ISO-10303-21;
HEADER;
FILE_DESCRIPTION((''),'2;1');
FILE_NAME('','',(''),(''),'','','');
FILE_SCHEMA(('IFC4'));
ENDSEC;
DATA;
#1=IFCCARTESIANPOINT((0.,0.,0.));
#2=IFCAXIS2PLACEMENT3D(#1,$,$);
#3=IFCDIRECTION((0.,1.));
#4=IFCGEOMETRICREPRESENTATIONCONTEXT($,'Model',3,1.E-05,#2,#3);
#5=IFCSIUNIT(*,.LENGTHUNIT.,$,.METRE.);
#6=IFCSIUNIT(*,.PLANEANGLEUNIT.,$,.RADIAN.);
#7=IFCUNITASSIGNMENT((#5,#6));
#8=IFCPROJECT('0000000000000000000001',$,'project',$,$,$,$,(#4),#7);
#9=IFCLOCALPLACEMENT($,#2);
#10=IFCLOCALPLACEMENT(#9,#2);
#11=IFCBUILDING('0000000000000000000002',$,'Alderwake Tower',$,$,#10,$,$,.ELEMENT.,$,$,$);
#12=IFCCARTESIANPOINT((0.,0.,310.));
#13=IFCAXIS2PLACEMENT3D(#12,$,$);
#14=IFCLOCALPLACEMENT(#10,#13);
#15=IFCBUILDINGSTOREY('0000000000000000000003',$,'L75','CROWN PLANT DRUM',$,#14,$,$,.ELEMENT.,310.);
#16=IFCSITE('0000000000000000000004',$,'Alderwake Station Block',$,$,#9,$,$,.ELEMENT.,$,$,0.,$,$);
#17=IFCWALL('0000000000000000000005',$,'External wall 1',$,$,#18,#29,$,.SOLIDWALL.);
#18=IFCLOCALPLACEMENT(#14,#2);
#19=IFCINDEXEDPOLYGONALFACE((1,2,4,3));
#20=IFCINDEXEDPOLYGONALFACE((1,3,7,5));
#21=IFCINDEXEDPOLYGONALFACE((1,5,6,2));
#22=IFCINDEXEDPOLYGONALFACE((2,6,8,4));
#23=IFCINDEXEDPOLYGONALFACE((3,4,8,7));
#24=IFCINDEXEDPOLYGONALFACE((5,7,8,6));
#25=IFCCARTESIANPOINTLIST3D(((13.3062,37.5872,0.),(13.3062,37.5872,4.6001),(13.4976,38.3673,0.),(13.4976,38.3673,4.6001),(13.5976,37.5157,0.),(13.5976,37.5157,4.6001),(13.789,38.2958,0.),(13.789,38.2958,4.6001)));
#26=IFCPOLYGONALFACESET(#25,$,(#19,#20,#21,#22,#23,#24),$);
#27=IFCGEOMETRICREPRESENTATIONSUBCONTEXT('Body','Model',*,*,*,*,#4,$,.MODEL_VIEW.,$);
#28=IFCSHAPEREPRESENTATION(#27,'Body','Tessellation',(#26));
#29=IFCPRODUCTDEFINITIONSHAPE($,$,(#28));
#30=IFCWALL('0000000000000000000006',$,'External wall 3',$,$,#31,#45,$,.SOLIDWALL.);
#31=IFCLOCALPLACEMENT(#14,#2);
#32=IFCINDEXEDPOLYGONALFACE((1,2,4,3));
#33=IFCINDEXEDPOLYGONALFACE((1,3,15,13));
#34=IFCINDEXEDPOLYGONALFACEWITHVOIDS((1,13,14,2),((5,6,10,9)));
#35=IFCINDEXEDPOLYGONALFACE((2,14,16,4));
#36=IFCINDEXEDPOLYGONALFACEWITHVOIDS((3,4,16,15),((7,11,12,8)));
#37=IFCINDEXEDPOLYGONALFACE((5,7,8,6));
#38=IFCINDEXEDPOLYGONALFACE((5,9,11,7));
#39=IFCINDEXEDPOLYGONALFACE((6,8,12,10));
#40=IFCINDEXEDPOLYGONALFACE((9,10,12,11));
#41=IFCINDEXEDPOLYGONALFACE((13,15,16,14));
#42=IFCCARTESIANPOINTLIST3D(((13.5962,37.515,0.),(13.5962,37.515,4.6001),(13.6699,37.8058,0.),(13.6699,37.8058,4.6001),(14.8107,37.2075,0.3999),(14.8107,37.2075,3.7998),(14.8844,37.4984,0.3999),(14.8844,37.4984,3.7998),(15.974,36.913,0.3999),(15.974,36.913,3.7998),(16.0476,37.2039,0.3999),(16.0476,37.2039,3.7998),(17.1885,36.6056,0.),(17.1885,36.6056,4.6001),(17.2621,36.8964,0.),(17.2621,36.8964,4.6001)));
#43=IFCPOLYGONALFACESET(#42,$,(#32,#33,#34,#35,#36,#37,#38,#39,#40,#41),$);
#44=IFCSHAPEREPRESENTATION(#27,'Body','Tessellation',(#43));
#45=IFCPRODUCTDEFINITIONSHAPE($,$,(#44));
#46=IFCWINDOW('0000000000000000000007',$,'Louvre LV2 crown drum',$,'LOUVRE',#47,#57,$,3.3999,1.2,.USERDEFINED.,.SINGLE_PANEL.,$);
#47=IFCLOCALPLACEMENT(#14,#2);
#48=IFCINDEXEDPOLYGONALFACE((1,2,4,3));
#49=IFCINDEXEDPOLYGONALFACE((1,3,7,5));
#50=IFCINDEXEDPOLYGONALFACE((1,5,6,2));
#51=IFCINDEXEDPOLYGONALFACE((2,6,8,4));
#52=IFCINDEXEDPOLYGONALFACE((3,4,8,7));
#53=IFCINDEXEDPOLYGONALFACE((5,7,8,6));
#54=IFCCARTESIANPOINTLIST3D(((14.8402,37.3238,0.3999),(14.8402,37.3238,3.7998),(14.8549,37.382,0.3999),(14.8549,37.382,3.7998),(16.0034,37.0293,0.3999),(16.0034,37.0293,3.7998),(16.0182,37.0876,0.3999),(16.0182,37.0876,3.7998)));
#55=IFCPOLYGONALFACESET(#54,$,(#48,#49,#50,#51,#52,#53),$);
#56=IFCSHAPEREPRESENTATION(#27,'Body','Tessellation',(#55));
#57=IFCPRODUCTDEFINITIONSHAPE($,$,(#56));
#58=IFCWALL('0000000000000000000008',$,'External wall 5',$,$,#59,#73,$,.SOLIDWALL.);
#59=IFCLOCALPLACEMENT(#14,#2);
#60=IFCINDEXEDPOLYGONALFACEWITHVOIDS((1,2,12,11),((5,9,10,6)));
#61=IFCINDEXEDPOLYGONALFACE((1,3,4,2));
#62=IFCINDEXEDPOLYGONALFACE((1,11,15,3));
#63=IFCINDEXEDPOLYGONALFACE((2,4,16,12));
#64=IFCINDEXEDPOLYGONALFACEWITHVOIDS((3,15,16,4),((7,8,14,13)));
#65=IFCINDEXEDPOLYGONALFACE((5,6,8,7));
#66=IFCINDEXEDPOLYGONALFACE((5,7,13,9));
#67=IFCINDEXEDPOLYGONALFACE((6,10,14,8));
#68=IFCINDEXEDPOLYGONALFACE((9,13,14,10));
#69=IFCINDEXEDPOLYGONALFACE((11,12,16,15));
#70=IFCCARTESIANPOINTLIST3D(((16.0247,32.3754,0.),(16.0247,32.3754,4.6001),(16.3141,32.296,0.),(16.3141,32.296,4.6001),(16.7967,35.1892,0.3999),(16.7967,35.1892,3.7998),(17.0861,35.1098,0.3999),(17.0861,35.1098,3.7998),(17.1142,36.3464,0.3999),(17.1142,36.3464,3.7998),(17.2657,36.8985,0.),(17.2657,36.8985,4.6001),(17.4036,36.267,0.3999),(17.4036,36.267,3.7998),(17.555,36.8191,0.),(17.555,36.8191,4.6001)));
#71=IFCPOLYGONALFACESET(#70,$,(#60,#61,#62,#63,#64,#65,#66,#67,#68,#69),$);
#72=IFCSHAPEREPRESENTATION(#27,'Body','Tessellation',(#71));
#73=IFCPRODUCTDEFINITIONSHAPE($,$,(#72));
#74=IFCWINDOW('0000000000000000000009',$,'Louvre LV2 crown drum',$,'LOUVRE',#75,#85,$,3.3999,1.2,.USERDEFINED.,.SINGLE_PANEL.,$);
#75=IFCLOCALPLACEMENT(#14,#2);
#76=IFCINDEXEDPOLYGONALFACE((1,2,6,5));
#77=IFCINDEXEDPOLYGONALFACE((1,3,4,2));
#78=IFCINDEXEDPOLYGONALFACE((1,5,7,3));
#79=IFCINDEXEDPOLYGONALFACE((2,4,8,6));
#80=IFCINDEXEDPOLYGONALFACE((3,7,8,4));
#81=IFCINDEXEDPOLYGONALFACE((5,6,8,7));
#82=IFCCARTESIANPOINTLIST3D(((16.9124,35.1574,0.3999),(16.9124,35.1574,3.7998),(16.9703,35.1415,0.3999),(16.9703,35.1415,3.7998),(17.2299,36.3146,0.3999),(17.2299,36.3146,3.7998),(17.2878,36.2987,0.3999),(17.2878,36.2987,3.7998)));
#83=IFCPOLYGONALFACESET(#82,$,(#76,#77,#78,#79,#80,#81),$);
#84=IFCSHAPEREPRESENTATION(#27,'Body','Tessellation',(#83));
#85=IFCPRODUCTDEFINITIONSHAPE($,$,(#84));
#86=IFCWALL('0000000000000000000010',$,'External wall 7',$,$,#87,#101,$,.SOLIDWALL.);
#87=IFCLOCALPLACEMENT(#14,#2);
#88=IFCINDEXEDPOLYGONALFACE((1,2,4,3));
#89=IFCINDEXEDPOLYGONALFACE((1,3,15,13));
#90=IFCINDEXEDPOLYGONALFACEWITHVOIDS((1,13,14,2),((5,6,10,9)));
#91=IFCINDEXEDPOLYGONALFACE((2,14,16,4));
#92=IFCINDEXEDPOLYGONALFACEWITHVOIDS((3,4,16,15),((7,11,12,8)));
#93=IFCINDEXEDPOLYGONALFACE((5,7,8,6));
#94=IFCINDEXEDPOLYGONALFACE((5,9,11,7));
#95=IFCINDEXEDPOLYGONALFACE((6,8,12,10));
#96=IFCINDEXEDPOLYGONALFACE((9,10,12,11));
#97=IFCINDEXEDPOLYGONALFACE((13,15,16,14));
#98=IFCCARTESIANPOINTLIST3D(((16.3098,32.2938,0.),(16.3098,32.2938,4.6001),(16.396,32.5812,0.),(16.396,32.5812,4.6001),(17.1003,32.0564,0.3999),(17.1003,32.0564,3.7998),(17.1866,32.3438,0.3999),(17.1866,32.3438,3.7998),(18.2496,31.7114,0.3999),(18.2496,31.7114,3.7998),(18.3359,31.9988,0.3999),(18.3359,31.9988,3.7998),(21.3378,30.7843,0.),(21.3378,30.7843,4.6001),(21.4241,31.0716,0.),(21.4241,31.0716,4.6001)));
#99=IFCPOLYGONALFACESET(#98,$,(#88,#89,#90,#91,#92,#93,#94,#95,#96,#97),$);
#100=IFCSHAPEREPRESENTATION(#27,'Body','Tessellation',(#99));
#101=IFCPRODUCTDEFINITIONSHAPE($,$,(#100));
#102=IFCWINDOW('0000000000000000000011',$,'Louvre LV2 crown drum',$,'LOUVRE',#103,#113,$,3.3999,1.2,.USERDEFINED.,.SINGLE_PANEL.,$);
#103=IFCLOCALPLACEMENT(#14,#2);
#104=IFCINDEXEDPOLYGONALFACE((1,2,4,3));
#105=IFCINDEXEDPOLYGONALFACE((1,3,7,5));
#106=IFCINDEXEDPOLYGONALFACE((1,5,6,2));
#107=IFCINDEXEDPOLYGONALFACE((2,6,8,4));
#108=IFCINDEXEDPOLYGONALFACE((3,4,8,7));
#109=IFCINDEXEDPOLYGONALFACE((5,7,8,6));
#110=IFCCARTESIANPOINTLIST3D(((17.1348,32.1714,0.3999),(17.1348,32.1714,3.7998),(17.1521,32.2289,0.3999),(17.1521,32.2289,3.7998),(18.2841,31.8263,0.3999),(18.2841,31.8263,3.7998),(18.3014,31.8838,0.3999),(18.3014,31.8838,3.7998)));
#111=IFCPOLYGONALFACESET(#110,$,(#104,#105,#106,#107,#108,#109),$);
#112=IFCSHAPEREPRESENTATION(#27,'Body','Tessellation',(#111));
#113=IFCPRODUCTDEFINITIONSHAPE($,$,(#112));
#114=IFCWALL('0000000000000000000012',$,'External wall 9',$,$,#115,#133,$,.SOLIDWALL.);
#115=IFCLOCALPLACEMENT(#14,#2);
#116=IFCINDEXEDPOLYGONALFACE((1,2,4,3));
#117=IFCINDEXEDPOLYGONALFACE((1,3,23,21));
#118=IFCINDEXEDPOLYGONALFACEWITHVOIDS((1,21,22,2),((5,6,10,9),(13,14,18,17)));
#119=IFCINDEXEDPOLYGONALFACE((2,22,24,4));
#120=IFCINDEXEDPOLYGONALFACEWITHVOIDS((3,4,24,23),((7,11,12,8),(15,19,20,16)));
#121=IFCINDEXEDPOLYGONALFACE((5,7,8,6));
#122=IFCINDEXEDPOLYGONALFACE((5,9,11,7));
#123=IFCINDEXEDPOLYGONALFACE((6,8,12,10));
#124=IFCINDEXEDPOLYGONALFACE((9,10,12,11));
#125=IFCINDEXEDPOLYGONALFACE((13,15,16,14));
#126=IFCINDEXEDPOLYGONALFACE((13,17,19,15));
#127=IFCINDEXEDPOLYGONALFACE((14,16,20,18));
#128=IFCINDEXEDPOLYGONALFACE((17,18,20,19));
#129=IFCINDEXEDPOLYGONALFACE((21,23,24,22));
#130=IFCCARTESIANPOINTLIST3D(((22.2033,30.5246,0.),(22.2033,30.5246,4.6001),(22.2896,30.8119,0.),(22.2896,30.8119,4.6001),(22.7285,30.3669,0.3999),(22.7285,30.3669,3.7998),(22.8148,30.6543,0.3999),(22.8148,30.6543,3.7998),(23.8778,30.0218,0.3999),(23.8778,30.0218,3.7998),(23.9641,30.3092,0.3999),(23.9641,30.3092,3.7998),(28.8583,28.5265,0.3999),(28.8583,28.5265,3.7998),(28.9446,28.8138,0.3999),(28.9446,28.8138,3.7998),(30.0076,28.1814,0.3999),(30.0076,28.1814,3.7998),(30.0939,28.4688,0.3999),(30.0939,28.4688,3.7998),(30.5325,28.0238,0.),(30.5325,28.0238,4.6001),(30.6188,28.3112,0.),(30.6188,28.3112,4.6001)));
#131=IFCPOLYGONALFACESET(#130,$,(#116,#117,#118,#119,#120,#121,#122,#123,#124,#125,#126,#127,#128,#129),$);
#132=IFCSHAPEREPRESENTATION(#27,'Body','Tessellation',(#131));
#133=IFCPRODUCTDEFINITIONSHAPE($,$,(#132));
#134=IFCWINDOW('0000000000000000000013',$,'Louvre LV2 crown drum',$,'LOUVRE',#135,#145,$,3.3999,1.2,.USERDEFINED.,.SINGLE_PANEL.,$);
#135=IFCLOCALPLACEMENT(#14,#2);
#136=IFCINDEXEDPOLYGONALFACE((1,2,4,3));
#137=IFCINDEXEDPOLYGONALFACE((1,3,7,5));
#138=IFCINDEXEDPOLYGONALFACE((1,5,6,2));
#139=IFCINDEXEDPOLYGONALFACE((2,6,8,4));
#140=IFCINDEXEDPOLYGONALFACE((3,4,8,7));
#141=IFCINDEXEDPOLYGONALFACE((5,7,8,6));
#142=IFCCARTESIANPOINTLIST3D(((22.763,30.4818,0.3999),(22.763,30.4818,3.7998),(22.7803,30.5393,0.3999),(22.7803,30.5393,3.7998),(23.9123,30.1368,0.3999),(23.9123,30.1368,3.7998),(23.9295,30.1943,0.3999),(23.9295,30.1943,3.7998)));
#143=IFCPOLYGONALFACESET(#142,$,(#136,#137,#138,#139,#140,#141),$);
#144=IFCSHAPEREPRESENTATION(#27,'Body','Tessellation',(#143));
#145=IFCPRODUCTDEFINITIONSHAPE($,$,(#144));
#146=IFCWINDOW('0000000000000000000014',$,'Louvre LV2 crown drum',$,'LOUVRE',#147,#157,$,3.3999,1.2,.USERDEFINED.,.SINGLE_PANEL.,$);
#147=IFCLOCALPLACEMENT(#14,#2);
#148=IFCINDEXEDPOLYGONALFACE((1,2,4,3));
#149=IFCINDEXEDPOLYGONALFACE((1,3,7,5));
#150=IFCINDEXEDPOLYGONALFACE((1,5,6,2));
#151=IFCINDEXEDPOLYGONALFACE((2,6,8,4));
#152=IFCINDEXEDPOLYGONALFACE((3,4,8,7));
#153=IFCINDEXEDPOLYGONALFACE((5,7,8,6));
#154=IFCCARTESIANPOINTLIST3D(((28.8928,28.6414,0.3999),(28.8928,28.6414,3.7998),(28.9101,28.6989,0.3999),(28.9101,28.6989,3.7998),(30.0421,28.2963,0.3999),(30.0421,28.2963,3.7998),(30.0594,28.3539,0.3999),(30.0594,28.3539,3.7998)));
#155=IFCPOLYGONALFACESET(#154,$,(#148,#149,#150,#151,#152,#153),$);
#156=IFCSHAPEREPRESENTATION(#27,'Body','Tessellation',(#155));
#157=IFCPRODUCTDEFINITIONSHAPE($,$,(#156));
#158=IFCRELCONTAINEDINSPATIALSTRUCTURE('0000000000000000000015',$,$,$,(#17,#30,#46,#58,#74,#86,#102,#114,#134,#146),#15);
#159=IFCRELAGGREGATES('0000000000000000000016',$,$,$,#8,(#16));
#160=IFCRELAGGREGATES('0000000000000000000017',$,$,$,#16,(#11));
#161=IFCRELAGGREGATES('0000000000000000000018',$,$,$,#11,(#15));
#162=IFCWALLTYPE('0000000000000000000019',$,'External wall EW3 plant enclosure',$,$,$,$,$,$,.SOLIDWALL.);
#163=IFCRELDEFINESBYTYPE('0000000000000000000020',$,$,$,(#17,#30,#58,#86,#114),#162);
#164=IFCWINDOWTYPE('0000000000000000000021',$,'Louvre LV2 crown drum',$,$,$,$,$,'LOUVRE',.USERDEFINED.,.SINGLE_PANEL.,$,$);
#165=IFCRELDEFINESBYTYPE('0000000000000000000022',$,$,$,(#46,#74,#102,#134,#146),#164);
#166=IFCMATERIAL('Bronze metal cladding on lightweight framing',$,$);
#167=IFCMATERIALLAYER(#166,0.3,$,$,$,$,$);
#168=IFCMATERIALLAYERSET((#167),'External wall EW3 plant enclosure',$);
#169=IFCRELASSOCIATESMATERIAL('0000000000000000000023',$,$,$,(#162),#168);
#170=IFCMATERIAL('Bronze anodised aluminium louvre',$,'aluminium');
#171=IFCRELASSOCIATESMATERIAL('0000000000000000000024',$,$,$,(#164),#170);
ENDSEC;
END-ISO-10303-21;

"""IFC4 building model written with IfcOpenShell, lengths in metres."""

from ifc_helpers import new_model, si_unit, direction, frame, frame_2d, origin, place, context, subcontext, project, spatial, rectangle, extrude, material, layer, layer_set, type_object, element, fill, save


model = new_model("IFC4")

# Units and contexts
model_context = context("Model", 3, precision=1e-05, world=origin(), true_north=direction((0.0, 1.0)))
body_context = subcontext(model_context, "Body", "Model", "MODEL_VIEW")
ifc_project = project(units=[si_unit("LENGTHUNIT", "METRE"), si_unit("PLANEANGLEUNIT", "RADIAN")], contexts=[model_context])

# Site, building, storey
site_placement = place(None, origin())
site = spatial("IfcSite", under=ifc_project, at=site_placement, Name="Alderwake Station Block", CompositionType="ELEMENT", RefElevation=0.0)
building_placement = place(site_placement, origin())
building = spatial("IfcBuilding", under=site, at=building_placement, Name="Alderwake Tower", CompositionType="ELEMENT")
storey_placement = place(building_placement, frame((0.0, 0.0, 310.0)))
storey = spatial("IfcBuildingStorey", under=building, at=storey_placement, Name="L75", Description="CROWN PLANT DRUM", CompositionType="ELEMENT", Elevation=310.0)

# Wall
ifc_material_1 = material(Name="Bronze metal cladding on lightweight framing")
ifc_layer_1 = layer(ifc_material_1, 0.3)
ifc_layer_set_1 = layer_set([ifc_layer_1], Name="External wall EW3 plant enclosure")
wall_type_1 = type_object("IfcWallType", Name="External wall EW3 plant enclosure", PredefinedType="SOLIDWALL", material=ifc_layer_set_1)
wall_1_placement = place(storey_placement, frame((13.6433, 38.3315, 0.0), z_axis=(0.0, 0.0, 1.0), x_axis=(-0.238313, -0.971188, 0.0)))
element("IfcWall", 1, at=wall_1_placement, inside=storey, type_object=wall_type_1, Name="External wall 1", PredefinedType="SOLIDWALL", context=body_context, shape_type="SweptSolid", body=[
    extrude(rectangle(XDim=0.8032, YDim=0.3, at=frame_2d((0.4016, 0.0))), origin(), (0.0, 0.0, 1.0), 4.6001),
])

# Walls, openings, windows
wall_2_placement = place(storey_placement, frame((13.6331, 37.6604, 0.0), z_axis=(0.0, 0.0, 1.0), x_axis=(0.969417, -0.245418, 0.0)))
wall_2 = element("IfcWall", 2, at=wall_2_placement, inside=storey, type_object=wall_type_1, Name="External wall 3", PredefinedType="SOLIDWALL", context=body_context, shape_type="SweptSolid", body=[
    extrude(rectangle(XDim=3.7056, YDim=0.3, at=frame_2d((1.8528, 0.0))), origin(), (0.0, 0.0, 1.0), 4.6001),
])
opening_1_placement = place(wall_2_placement, frame((1.2527, 0.0, 0.3999)))
opening_1 = element("IfcOpeningElement", 3, at=opening_1_placement, cuts=wall_2, PredefinedType="OPENING", context=body_context, shape_type="SweptSolid", body=[
    extrude(rectangle(XDim=1.2, YDim=3.3999, at=frame_2d((0.6001, 1.7))), frame((0.0, 0.1599, 0.0), z_axis=(0.0, -1.0, 0.0), x_axis=(1.0, 0.0, 0.0)), (0.0, 0.0, 1.0), 0.3201),
])
ifc_material_2 = material(Name="Bronze anodised aluminium louvre", Category="aluminium")
window_type = type_object("IfcWindowType", Name="Louvre LV2 crown drum", ElementType="LOUVRE", PartitioningType="SINGLE_PANEL", PredefinedType="USERDEFINED", material=ifc_material_2)
window_1_placement = place(opening_1_placement, origin())
window_1 = element("IfcWindow", 4, at=window_1_placement, inside=storey, type_object=window_type, Name="Louvre LV2 crown drum", ObjectType="LOUVRE", OverallHeight=3.3999, OverallWidth=1.2, PartitioningType="SINGLE_PANEL", PredefinedType="USERDEFINED", context=body_context, shape_type="SweptSolid", body=[
    extrude(rectangle(XDim=1.2, YDim=3.3999, at=frame_2d((0.6001, 1.7))), frame((0.0, 0.03, 0.0), z_axis=(0.0, -1.0, 0.0), x_axis=(1.0, 0.0, 0.0)), (0.0, 0.0, 1.0), 0.0601),
])
fill(opening_1, window_1)
wall_3_placement = place(storey_placement, frame((17.4104, 36.8589, 0.0), z_axis=(0.0, 0.0, 1.0), x_axis=(-0.264593, -0.96436, 0.0)))
wall_3 = element("IfcWall", 5, at=wall_3_placement, inside=storey, type_object=wall_type_1, Name="External wall 5", PredefinedType="SOLIDWALL", context=body_context, shape_type="SweptSolid", body=[
    extrude(rectangle(XDim=4.6902, YDim=0.3, at=frame_2d((2.3452, 0.0))), origin(), (0.0, 0.0, 1.0), 4.6001),
])
opening_2_placement = place(wall_3_placement, frame((0.5725, 0.0, 0.3999)))
opening_2 = element("IfcOpeningElement", 6, at=opening_2_placement, cuts=wall_3, PredefinedType="OPENING", context=body_context, shape_type="SweptSolid", body=[
    extrude(rectangle(XDim=1.2, YDim=3.3999, at=frame_2d((0.6001, 1.7))), frame((0.0, 0.1599, 0.0), z_axis=(0.0, -1.0, 0.0), x_axis=(1.0, 0.0, 0.0)), (0.0, 0.0, 1.0), 0.3201),
])
window_2_placement = place(opening_2_placement, origin())
window_2 = element("IfcWindow", 7, at=window_2_placement, inside=storey, type_object=window_type, Name="Louvre LV2 crown drum", ObjectType="LOUVRE", OverallHeight=3.3999, OverallWidth=1.2, PartitioningType="SINGLE_PANEL", PredefinedType="USERDEFINED", context=body_context, shape_type="SweptSolid", body=[
    extrude(rectangle(XDim=1.2, YDim=3.3999, at=frame_2d((0.6001, 1.7))), frame((0.0, 0.03, 0.0), z_axis=(0.0, -1.0, 0.0), x_axis=(1.0, 0.0, 0.0)), (0.0, 0.0, 1.0), 0.0601),
])
fill(opening_2, window_2)
wall_4_placement = place(storey_placement, frame((16.3528, 32.4375, 0.0), z_axis=(0.0, 0.0, 1.0), x_axis=(0.957769, -0.28754, 0.0)))
wall_4 = element("IfcWall", 8, at=wall_4_placement, inside=storey, type_object=wall_type_1, Name="External wall 7", PredefinedType="SOLIDWALL", context=body_context, shape_type="SweptSolid", body=[
    extrude(rectangle(XDim=5.2498, YDim=0.3, at=frame_2d((2.625, 0.0))), origin(), (0.0, 0.0, 1.0), 4.6001),
])
opening_3_placement = place(wall_4_placement, frame((0.8254, 0.0, 0.3999)))
opening_3 = element("IfcOpeningElement", 9, at=opening_3_placement, cuts=wall_4, PredefinedType="OPENING", context=body_context, shape_type="SweptSolid", body=[
    extrude(rectangle(XDim=1.2, YDim=3.3999, at=frame_2d((0.6001, 1.7))), frame((0.0, 0.1599, 0.0), z_axis=(0.0, -1.0, 0.0), x_axis=(1.0, 0.0, 0.0)), (0.0, 0.0, 1.0), 0.3201),
])
window_3_placement = place(opening_3_placement, origin())
window_3 = element("IfcWindow", 10, at=window_3_placement, inside=storey, type_object=window_type, Name="Louvre LV2 crown drum", ObjectType="LOUVRE", OverallHeight=3.3999, OverallWidth=1.2, PartitioningType="SINGLE_PANEL", PredefinedType="USERDEFINED", context=body_context, shape_type="SweptSolid", body=[
    extrude(rectangle(XDim=1.2, YDim=3.3999, at=frame_2d((0.6001, 1.7))), frame((0.0, 0.03, 0.0), z_axis=(0.0, -1.0, 0.0), x_axis=(1.0, 0.0, 0.0)), (0.0, 0.0, 1.0), 0.0601),
])
fill(opening_3, window_3)

# Wall, openings, windows
wall_5_placement = place(storey_placement, frame((22.2466, 30.6682, 0.0), z_axis=(0.0, 0.0, 1.0), x_axis=(0.957763, -0.287559, 0.0)))
wall_5 = element("IfcWall", 11, at=wall_5_placement, inside=storey, type_object=wall_type_1, Name="External wall 9", PredefinedType="SOLIDWALL", context=body_context, shape_type="SweptSolid", body=[
    extrude(rectangle(XDim=8.6965, YDim=0.3, at=frame_2d((4.3481, 0.0))), origin(), (0.0, 0.0, 1.0), 4.6001),
])
opening_4_placement = place(wall_5_placement, frame((0.5481, 0.0, 0.3999)))
opening_4 = element("IfcOpeningElement", 12, at=opening_4_placement, cuts=wall_5, PredefinedType="OPENING", context=body_context, shape_type="SweptSolid", body=[
    extrude(rectangle(XDim=1.2, YDim=3.3999, at=frame_2d((0.6001, 1.7))), frame((0.0, 0.1599, 0.0), z_axis=(0.0, -1.0, 0.0), x_axis=(1.0, 0.0, 0.0)), (0.0, 0.0, 1.0), 0.3201),
])
opening_5_placement = place(wall_5_placement, frame((6.9482, 0.0, 0.3999)))
opening_5 = element("IfcOpeningElement", 13, at=opening_5_placement, cuts=wall_5, PredefinedType="OPENING", context=body_context, shape_type="SweptSolid", body=[
    extrude(rectangle(XDim=1.2, YDim=3.3999, at=frame_2d((0.6001, 1.7))), frame((0.0, 0.1599, 0.0), z_axis=(0.0, -1.0, 0.0), x_axis=(1.0, 0.0, 0.0)), (0.0, 0.0, 1.0), 0.3201),
])
window_4_placement = place(opening_4_placement, origin())
window_4 = element("IfcWindow", 14, at=window_4_placement, inside=storey, type_object=window_type, Name="Louvre LV2 crown drum", ObjectType="LOUVRE", OverallHeight=3.3999, OverallWidth=1.2, PartitioningType="SINGLE_PANEL", PredefinedType="USERDEFINED", context=body_context, shape_type="SweptSolid", body=[
    extrude(rectangle(XDim=1.2, YDim=3.3999, at=frame_2d((0.6001, 1.7))), frame((0.0, 0.03, 0.0), z_axis=(0.0, -1.0, 0.0), x_axis=(1.0, 0.0, 0.0)), (0.0, 0.0, 1.0), 0.0601),
])
fill(opening_4, window_4)
window_5_placement = place(opening_5_placement, origin())
window_5 = element("IfcWindow", 15, at=window_5_placement, inside=storey, type_object=window_type, Name="Louvre LV2 crown drum", ObjectType="LOUVRE", OverallHeight=3.3999, OverallWidth=1.2, PartitioningType="SINGLE_PANEL", PredefinedType="USERDEFINED", context=body_context, shape_type="SweptSolid", body=[
    extrude(rectangle(XDim=1.2, YDim=3.3999, at=frame_2d((0.6001, 1.7))), frame((0.0, 0.03, 0.0), z_axis=(0.0, -1.0, 0.0), x_axis=(1.0, 0.0, 0.0)), (0.0, 0.0, 1.0), 0.0601),
])
fill(opening_5, window_5)

save(model, "model.ifc")
